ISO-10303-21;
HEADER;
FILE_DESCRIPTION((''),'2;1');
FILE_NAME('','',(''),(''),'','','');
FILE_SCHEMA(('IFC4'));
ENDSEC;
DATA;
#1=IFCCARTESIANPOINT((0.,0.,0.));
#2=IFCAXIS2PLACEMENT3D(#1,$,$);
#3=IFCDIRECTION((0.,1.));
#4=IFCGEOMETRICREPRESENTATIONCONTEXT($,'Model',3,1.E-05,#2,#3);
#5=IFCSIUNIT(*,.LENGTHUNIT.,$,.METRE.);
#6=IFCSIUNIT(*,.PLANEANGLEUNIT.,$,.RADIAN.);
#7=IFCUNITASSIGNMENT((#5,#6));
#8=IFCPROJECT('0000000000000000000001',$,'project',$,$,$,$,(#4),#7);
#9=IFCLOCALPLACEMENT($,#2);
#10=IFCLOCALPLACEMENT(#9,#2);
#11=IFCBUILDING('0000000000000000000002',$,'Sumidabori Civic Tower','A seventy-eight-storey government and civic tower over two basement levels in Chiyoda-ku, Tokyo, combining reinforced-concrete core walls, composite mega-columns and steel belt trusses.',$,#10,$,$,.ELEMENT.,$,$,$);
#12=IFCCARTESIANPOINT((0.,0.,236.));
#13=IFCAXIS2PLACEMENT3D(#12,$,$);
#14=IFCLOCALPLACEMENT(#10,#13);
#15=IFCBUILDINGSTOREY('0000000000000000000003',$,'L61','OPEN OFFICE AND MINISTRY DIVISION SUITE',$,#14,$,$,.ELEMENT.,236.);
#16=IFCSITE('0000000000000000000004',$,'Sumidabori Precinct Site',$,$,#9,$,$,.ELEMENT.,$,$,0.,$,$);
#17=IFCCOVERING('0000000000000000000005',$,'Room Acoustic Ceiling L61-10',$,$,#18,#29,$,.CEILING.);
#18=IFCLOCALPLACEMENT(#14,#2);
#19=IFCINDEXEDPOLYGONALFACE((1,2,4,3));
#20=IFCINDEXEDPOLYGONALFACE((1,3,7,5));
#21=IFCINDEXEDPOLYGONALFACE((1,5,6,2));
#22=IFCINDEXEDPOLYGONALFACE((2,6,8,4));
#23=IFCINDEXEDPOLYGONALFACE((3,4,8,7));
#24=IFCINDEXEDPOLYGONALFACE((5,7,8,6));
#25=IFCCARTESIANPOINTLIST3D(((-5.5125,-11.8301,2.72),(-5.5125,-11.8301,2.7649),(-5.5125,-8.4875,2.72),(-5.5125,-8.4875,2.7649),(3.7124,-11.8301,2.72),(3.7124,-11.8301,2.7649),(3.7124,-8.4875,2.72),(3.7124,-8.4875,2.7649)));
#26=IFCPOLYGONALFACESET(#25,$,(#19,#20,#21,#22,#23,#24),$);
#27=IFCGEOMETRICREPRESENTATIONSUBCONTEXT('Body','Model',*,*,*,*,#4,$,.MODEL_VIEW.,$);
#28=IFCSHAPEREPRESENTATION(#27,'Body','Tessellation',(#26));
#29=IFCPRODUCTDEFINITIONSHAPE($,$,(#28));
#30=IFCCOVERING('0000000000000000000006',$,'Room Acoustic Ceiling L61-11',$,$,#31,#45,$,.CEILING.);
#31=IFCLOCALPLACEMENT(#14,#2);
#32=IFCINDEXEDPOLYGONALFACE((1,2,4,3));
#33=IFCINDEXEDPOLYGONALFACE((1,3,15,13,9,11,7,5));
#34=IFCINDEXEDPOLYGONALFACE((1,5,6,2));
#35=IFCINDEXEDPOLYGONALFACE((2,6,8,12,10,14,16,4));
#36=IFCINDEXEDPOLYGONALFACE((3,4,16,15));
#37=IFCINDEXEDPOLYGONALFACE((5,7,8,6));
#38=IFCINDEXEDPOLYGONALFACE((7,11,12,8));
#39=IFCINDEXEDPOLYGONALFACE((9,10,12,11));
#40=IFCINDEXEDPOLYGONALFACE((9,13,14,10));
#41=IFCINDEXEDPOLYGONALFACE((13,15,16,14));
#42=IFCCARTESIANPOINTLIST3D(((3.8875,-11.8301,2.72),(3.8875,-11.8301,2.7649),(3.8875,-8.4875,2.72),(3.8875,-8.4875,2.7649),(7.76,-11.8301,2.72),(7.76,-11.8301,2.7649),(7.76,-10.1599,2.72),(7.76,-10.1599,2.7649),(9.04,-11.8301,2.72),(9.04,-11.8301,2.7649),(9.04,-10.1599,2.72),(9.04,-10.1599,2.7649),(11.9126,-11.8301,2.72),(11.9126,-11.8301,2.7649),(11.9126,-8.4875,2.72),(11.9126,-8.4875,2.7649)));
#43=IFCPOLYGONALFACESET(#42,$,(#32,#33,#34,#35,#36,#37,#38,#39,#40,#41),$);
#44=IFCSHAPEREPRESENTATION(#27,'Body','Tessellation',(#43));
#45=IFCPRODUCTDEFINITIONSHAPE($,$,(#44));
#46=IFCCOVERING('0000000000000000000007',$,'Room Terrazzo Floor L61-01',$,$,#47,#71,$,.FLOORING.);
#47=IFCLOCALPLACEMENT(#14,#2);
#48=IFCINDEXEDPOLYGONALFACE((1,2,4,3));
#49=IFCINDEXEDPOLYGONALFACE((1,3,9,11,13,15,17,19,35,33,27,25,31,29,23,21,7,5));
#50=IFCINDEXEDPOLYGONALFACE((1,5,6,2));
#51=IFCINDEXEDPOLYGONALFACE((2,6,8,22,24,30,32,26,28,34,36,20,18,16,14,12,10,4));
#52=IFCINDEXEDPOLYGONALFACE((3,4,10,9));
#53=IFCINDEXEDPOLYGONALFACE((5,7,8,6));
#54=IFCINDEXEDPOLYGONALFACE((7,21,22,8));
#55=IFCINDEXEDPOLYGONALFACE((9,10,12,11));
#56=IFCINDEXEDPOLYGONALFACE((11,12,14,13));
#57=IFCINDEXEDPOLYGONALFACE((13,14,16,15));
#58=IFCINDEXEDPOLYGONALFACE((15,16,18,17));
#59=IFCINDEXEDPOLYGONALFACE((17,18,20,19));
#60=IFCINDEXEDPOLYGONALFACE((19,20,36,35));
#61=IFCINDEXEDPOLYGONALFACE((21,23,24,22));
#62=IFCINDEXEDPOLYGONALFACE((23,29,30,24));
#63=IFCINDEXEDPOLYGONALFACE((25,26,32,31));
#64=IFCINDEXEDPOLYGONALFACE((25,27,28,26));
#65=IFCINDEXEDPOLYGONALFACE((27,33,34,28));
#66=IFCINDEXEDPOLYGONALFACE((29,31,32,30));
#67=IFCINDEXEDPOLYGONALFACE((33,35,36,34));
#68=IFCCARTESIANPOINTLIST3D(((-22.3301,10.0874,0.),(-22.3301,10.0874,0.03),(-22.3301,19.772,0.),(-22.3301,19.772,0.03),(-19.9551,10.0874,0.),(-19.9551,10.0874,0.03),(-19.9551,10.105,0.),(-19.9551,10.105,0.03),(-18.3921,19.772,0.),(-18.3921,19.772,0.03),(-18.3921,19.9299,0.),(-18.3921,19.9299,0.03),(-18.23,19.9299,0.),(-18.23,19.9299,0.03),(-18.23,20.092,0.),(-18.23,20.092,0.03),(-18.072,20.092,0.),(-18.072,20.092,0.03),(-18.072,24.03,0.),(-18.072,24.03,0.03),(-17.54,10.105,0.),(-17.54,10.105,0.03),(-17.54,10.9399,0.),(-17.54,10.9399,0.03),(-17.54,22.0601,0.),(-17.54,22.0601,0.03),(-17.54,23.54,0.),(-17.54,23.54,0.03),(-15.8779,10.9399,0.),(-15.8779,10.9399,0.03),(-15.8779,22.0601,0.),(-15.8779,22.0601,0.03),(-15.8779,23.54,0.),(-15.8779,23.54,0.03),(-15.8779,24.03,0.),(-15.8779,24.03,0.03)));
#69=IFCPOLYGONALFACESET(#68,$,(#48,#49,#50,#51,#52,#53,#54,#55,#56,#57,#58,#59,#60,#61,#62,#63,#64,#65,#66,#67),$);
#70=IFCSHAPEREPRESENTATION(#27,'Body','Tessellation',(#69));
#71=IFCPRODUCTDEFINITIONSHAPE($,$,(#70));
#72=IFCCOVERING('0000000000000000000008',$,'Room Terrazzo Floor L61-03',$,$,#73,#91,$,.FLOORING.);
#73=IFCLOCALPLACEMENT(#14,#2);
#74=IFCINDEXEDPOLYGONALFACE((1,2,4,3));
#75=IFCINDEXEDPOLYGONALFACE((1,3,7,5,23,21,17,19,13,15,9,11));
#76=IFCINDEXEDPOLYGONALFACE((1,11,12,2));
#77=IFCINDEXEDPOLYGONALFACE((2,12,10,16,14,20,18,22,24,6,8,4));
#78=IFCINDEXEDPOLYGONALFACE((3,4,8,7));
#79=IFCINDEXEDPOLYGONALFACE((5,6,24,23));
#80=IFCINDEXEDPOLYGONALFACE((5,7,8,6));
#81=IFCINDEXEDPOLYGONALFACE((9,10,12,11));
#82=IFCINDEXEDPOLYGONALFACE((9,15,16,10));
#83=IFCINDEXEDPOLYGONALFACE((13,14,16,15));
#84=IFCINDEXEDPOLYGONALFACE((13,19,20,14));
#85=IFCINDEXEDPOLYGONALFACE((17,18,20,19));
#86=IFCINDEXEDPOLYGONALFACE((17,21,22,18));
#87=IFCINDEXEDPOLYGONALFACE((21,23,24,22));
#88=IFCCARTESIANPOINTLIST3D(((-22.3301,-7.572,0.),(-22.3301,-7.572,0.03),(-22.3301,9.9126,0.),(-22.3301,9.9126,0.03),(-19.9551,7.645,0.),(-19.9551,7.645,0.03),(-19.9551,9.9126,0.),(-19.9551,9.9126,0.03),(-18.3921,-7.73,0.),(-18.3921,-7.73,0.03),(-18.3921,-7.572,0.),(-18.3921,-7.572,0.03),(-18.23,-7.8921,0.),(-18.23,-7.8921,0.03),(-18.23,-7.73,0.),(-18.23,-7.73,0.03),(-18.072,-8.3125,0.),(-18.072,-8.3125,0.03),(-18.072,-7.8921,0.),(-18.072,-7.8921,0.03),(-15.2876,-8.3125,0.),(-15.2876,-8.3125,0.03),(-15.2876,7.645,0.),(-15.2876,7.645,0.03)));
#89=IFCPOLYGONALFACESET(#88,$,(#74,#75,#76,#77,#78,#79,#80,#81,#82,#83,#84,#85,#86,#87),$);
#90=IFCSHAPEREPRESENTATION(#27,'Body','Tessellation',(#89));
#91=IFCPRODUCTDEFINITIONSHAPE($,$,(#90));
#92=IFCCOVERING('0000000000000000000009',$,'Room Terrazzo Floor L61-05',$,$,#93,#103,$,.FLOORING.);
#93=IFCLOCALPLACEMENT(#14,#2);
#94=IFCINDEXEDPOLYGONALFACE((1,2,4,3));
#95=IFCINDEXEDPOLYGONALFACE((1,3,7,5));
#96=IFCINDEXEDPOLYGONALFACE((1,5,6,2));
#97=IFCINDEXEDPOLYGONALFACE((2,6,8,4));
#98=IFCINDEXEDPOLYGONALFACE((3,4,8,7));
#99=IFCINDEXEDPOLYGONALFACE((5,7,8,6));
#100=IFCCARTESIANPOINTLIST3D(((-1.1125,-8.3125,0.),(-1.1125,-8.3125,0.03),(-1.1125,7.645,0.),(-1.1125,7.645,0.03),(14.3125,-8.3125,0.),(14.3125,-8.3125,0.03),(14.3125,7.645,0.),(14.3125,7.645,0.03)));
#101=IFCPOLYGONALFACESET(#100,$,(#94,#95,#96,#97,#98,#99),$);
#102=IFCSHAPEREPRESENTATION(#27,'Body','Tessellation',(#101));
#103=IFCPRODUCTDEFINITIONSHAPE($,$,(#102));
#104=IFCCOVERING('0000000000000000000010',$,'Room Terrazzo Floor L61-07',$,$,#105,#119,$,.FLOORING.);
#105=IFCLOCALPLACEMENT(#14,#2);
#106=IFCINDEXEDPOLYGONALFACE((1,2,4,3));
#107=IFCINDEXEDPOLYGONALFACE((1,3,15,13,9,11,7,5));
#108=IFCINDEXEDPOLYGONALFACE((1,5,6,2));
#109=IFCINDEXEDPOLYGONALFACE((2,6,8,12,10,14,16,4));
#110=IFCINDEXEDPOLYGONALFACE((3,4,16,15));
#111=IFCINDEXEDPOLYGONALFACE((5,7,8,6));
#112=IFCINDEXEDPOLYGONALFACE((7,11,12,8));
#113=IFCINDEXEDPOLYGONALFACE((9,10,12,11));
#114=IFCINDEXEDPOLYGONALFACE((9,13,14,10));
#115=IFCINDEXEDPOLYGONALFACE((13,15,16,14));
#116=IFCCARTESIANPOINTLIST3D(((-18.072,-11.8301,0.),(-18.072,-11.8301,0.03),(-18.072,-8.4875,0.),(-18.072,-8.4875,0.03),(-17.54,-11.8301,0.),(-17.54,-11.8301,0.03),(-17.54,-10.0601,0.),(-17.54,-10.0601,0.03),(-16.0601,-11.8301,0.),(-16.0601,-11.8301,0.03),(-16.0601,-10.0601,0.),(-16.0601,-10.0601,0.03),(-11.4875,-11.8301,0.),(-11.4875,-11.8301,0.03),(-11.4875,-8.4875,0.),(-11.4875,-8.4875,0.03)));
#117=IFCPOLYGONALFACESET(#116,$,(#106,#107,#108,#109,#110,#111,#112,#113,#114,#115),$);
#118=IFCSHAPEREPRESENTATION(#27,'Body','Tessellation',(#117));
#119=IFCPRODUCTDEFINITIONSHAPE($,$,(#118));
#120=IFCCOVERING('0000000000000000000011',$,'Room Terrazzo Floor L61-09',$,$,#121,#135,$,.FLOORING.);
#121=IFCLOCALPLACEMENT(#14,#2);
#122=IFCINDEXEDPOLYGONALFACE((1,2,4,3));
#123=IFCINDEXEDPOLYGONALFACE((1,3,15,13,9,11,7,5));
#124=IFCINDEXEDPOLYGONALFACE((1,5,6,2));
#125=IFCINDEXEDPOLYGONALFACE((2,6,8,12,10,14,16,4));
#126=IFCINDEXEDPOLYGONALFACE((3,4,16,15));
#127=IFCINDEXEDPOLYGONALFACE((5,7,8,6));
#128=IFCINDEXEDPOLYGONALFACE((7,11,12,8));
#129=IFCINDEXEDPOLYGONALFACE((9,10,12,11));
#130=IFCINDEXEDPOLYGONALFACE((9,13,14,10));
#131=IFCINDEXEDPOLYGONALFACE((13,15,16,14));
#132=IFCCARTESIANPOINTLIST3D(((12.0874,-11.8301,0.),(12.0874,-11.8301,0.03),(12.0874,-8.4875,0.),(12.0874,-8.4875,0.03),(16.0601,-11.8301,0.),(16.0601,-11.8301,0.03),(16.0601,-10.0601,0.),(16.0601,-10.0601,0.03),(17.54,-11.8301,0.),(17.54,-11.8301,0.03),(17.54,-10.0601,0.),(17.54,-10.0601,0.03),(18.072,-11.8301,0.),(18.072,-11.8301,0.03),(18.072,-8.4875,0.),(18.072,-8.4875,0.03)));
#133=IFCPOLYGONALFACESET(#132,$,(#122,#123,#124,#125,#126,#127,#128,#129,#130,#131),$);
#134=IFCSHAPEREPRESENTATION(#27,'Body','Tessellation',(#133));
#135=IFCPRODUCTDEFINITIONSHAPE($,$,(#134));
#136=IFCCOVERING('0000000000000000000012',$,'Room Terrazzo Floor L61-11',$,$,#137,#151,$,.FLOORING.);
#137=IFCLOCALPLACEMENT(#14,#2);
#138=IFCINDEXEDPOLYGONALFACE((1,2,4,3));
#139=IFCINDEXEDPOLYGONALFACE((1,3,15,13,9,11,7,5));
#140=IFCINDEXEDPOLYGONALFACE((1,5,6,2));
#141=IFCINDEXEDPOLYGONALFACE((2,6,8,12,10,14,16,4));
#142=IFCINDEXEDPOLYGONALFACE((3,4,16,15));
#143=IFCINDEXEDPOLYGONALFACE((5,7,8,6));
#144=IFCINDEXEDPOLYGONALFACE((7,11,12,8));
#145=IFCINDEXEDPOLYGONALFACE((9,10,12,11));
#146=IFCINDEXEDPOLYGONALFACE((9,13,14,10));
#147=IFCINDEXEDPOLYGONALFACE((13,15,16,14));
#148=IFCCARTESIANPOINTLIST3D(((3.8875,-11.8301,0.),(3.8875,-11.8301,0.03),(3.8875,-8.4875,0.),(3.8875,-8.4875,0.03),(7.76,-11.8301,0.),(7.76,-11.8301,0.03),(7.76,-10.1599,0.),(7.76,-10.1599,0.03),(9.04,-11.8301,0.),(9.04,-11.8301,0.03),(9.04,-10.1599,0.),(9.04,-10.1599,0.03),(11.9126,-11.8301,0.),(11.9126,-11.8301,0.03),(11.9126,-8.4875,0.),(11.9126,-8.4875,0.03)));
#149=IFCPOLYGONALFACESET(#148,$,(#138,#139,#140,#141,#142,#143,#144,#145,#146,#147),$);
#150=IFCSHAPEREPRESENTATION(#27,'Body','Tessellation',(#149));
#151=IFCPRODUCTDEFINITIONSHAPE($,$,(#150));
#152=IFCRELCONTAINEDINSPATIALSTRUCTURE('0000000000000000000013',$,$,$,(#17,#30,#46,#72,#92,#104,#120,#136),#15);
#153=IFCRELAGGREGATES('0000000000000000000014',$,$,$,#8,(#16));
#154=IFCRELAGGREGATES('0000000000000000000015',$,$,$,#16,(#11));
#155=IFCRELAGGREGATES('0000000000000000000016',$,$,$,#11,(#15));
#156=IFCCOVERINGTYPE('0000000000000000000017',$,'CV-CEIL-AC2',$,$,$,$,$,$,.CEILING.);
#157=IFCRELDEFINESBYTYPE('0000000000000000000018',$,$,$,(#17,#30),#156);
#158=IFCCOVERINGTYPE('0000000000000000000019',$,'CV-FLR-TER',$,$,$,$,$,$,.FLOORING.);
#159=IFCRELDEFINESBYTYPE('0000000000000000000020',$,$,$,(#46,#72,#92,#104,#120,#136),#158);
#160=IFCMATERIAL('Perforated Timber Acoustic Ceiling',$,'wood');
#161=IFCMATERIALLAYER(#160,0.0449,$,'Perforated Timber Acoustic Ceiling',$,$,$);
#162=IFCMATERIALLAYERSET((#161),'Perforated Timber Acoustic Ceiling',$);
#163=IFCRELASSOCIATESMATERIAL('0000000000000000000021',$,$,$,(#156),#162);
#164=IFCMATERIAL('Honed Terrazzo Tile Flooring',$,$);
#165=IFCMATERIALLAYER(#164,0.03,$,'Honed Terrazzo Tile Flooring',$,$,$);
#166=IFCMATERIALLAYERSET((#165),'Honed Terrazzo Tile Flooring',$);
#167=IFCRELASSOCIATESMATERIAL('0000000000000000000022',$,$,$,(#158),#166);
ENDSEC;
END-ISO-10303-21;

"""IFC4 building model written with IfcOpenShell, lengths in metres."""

from ifc_helpers import new_model, si_unit, direction, frame, origin, place, context, subcontext, project, spatial, polyline, outline, extrude, material, layer, layer_set, type_object, element, save


model = new_model("IFC4")

# Units and contexts
model_context = context("Model", 3, precision=1e-05, world=origin(), true_north=direction((0.0, 1.0)))
body_context = subcontext(model_context, "Body", "Model", "MODEL_VIEW")
ifc_project = project(units=[si_unit("LENGTHUNIT", "METRE"), si_unit("PLANEANGLEUNIT", "RADIAN")], contexts=[model_context])

# Site, building, storey
site_placement = place(None, origin())
site = spatial("IfcSite", under=ifc_project, at=site_placement, Name="Sumidabori Precinct Site", CompositionType="ELEMENT", RefElevation=0.0)
building_placement = place(site_placement, origin())
building = spatial("IfcBuilding", under=site, at=building_placement, Name="Sumidabori Civic Tower", Description="A seventy-eight-storey government and civic tower over two basement levels in Chiyoda-ku, Tokyo, combining reinforced-concrete core walls, composite mega-columns and steel belt trusses.", CompositionType="ELEMENT")
storey_placement = place(building_placement, frame((0.0, 0.0, 236.0)))
storey = spatial("IfcBuildingStorey", under=building, at=storey_placement, Name="L61", Description="OPEN OFFICE AND MINISTRY DIVISION SUITE", CompositionType="ELEMENT", Elevation=236.0)

# Coverings
ifc_material_1 = material(Name="Perforated Timber Acoustic Ceiling", Category="wood")
ifc_layer_1 = layer(ifc_material_1, 0.0449, Name="Perforated Timber Acoustic Ceiling")
ifc_layer_set_1 = layer_set([ifc_layer_1], Name="Perforated Timber Acoustic Ceiling")
covering_type_1 = type_object("IfcCoveringType", Name="CV-CEIL-AC2", PredefinedType="CEILING", material=ifc_layer_set_1)
covering_1_placement = place(storey_placement, frame((0.0, 0.0, 2.72)))
element("IfcCovering", 1, at=covering_1_placement, inside=storey, type_object=covering_type_1, Name="Room Acoustic Ceiling L61-10", PredefinedType="CEILING", context=body_context, shape_type="SweptSolid", body=[
    extrude(outline(polyline([(3.7124, -8.4875), (3.7124, -11.8301), (-5.5125, -11.8301), (-5.5125, -8.4875), (3.7124, -8.4875)])), origin(), (0.0, 0.0, 1.0), 0.0449),
])
covering_2_placement = place(storey_placement, frame((0.0, 0.0, 2.72)))
element("IfcCovering", 2, at=covering_2_placement, inside=storey, type_object=covering_type_1, Name="Room Acoustic Ceiling L61-11", PredefinedType="CEILING", context=body_context, shape_type="SweptSolid", body=[
    extrude(outline(polyline([(11.9126, -8.4875), (11.9126, -11.8301), (9.04, -11.8301), (9.04, -10.1599), (7.76, -10.1599), (7.76, -11.8301), (3.8875, -11.8301), (3.8875, -8.4875), (11.9126, -8.4875)])), origin(), (0.0, 0.0, 1.0), 0.0449),
])
ifc_material_2 = material(Name="Honed Terrazzo Tile Flooring")
ifc_layer_2 = layer(ifc_material_2, 0.03, Name="Honed Terrazzo Tile Flooring")
ifc_layer_set_2 = layer_set([ifc_layer_2], Name="Honed Terrazzo Tile Flooring")
covering_type_2 = type_object("IfcCoveringType", Name="CV-FLR-TER", PredefinedType="FLOORING", material=ifc_layer_set_2)
covering_3_placement = place(storey_placement, origin())
element("IfcCovering", 3, at=covering_3_placement, inside=storey, type_object=covering_type_2, Name="Room Terrazzo Floor L61-01", PredefinedType="FLOORING", context=body_context, shape_type="SweptSolid", body=[
    extrude(outline(polyline([(-22.3301, 10.0874), (-22.3301, 19.772), (-18.3921, 19.772), (-18.3921, 19.9299), (-18.23, 19.9299), (-18.23, 20.092), (-18.072, 20.092), (-18.072, 24.03), (-15.8779, 24.03), (-15.8779, 23.54), (-17.54, 23.54), (-17.54, 22.0601), (-15.8779, 22.0601), (-15.8779, 10.9399), (-17.54, 10.9399), (-17.54, 10.105), (-19.9551, 10.105), (-19.9551, 10.0874), (-22.3301, 10.0874)])), origin(), (0.0, 0.0, 1.0), 0.03),
])
covering_4_placement = place(storey_placement, origin())
element("IfcCovering", 4, at=covering_4_placement, inside=storey, type_object=covering_type_2, Name="Room Terrazzo Floor L61-03", PredefinedType="FLOORING", context=body_context, shape_type="SweptSolid", body=[
    extrude(outline(polyline([(-22.3301, -7.572), (-22.3301, 9.9126), (-19.9551, 9.9126), (-19.9551, 7.645), (-15.2876, 7.645), (-15.2876, -8.3125), (-18.072, -8.3125), (-18.072, -7.8921), (-18.23, -7.8921), (-18.23, -7.73), (-18.3921, -7.73), (-18.3921, -7.572), (-22.3301, -7.572)])), origin(), (0.0, 0.0, 1.0), 0.03),
])
covering_5_placement = place(storey_placement, origin())
element("IfcCovering", 5, at=covering_5_placement, inside=storey, type_object=covering_type_2, Name="Room Terrazzo Floor L61-05", PredefinedType="FLOORING", context=body_context, shape_type="SweptSolid", body=[
    extrude(outline(polyline([(-1.1125, -8.3125), (-1.1125, 7.645), (14.3125, 7.645), (14.3125, -8.3125), (-1.1125, -8.3125)])), origin(), (0.0, 0.0, 1.0), 0.03),
])
covering_6_placement = place(storey_placement, origin())
element("IfcCovering", 6, at=covering_6_placement, inside=storey, type_object=covering_type_2, Name="Room Terrazzo Floor L61-07", PredefinedType="FLOORING", context=body_context, shape_type="SweptSolid", body=[
    extrude(outline(polyline([(-11.4875, -8.4875), (-11.4875, -11.8301), (-16.0601, -11.8301), (-16.0601, -10.0601), (-17.54, -10.0601), (-17.54, -11.8301), (-18.072, -11.8301), (-18.072, -8.4875), (-11.4875, -8.4875)])), origin(), (0.0, 0.0, 1.0), 0.03),
])
covering_7_placement = place(storey_placement, origin())
element("IfcCovering", 7, at=covering_7_placement, inside=storey, type_object=covering_type_2, Name="Room Terrazzo Floor L61-09", PredefinedType="FLOORING", context=body_context, shape_type="SweptSolid", body=[
    extrude(outline(polyline([(18.072, -8.4875), (18.072, -11.8301), (17.54, -11.8301), (17.54, -10.0601), (16.0601, -10.0601), (16.0601, -11.8301), (12.0874, -11.8301), (12.0874, -8.4875), (18.072, -8.4875)])), origin(), (0.0, 0.0, 1.0), 0.03),
])
covering_8_placement = place(storey_placement, origin())
element("IfcCovering", 8, at=covering_8_placement, inside=storey, type_object=covering_type_2, Name="Room Terrazzo Floor L61-11", PredefinedType="FLOORING", context=body_context, shape_type="SweptSolid", body=[
    extrude(outline(polyline([(11.9126, -8.4875), (11.9126, -11.8301), (9.04, -11.8301), (9.04, -10.1599), (7.76, -10.1599), (7.76, -11.8301), (3.8875, -11.8301), (3.8875, -8.4875), (11.9126, -8.4875)])), origin(), (0.0, 0.0, 1.0), 0.03),
])

save(model, "model.ifc")
